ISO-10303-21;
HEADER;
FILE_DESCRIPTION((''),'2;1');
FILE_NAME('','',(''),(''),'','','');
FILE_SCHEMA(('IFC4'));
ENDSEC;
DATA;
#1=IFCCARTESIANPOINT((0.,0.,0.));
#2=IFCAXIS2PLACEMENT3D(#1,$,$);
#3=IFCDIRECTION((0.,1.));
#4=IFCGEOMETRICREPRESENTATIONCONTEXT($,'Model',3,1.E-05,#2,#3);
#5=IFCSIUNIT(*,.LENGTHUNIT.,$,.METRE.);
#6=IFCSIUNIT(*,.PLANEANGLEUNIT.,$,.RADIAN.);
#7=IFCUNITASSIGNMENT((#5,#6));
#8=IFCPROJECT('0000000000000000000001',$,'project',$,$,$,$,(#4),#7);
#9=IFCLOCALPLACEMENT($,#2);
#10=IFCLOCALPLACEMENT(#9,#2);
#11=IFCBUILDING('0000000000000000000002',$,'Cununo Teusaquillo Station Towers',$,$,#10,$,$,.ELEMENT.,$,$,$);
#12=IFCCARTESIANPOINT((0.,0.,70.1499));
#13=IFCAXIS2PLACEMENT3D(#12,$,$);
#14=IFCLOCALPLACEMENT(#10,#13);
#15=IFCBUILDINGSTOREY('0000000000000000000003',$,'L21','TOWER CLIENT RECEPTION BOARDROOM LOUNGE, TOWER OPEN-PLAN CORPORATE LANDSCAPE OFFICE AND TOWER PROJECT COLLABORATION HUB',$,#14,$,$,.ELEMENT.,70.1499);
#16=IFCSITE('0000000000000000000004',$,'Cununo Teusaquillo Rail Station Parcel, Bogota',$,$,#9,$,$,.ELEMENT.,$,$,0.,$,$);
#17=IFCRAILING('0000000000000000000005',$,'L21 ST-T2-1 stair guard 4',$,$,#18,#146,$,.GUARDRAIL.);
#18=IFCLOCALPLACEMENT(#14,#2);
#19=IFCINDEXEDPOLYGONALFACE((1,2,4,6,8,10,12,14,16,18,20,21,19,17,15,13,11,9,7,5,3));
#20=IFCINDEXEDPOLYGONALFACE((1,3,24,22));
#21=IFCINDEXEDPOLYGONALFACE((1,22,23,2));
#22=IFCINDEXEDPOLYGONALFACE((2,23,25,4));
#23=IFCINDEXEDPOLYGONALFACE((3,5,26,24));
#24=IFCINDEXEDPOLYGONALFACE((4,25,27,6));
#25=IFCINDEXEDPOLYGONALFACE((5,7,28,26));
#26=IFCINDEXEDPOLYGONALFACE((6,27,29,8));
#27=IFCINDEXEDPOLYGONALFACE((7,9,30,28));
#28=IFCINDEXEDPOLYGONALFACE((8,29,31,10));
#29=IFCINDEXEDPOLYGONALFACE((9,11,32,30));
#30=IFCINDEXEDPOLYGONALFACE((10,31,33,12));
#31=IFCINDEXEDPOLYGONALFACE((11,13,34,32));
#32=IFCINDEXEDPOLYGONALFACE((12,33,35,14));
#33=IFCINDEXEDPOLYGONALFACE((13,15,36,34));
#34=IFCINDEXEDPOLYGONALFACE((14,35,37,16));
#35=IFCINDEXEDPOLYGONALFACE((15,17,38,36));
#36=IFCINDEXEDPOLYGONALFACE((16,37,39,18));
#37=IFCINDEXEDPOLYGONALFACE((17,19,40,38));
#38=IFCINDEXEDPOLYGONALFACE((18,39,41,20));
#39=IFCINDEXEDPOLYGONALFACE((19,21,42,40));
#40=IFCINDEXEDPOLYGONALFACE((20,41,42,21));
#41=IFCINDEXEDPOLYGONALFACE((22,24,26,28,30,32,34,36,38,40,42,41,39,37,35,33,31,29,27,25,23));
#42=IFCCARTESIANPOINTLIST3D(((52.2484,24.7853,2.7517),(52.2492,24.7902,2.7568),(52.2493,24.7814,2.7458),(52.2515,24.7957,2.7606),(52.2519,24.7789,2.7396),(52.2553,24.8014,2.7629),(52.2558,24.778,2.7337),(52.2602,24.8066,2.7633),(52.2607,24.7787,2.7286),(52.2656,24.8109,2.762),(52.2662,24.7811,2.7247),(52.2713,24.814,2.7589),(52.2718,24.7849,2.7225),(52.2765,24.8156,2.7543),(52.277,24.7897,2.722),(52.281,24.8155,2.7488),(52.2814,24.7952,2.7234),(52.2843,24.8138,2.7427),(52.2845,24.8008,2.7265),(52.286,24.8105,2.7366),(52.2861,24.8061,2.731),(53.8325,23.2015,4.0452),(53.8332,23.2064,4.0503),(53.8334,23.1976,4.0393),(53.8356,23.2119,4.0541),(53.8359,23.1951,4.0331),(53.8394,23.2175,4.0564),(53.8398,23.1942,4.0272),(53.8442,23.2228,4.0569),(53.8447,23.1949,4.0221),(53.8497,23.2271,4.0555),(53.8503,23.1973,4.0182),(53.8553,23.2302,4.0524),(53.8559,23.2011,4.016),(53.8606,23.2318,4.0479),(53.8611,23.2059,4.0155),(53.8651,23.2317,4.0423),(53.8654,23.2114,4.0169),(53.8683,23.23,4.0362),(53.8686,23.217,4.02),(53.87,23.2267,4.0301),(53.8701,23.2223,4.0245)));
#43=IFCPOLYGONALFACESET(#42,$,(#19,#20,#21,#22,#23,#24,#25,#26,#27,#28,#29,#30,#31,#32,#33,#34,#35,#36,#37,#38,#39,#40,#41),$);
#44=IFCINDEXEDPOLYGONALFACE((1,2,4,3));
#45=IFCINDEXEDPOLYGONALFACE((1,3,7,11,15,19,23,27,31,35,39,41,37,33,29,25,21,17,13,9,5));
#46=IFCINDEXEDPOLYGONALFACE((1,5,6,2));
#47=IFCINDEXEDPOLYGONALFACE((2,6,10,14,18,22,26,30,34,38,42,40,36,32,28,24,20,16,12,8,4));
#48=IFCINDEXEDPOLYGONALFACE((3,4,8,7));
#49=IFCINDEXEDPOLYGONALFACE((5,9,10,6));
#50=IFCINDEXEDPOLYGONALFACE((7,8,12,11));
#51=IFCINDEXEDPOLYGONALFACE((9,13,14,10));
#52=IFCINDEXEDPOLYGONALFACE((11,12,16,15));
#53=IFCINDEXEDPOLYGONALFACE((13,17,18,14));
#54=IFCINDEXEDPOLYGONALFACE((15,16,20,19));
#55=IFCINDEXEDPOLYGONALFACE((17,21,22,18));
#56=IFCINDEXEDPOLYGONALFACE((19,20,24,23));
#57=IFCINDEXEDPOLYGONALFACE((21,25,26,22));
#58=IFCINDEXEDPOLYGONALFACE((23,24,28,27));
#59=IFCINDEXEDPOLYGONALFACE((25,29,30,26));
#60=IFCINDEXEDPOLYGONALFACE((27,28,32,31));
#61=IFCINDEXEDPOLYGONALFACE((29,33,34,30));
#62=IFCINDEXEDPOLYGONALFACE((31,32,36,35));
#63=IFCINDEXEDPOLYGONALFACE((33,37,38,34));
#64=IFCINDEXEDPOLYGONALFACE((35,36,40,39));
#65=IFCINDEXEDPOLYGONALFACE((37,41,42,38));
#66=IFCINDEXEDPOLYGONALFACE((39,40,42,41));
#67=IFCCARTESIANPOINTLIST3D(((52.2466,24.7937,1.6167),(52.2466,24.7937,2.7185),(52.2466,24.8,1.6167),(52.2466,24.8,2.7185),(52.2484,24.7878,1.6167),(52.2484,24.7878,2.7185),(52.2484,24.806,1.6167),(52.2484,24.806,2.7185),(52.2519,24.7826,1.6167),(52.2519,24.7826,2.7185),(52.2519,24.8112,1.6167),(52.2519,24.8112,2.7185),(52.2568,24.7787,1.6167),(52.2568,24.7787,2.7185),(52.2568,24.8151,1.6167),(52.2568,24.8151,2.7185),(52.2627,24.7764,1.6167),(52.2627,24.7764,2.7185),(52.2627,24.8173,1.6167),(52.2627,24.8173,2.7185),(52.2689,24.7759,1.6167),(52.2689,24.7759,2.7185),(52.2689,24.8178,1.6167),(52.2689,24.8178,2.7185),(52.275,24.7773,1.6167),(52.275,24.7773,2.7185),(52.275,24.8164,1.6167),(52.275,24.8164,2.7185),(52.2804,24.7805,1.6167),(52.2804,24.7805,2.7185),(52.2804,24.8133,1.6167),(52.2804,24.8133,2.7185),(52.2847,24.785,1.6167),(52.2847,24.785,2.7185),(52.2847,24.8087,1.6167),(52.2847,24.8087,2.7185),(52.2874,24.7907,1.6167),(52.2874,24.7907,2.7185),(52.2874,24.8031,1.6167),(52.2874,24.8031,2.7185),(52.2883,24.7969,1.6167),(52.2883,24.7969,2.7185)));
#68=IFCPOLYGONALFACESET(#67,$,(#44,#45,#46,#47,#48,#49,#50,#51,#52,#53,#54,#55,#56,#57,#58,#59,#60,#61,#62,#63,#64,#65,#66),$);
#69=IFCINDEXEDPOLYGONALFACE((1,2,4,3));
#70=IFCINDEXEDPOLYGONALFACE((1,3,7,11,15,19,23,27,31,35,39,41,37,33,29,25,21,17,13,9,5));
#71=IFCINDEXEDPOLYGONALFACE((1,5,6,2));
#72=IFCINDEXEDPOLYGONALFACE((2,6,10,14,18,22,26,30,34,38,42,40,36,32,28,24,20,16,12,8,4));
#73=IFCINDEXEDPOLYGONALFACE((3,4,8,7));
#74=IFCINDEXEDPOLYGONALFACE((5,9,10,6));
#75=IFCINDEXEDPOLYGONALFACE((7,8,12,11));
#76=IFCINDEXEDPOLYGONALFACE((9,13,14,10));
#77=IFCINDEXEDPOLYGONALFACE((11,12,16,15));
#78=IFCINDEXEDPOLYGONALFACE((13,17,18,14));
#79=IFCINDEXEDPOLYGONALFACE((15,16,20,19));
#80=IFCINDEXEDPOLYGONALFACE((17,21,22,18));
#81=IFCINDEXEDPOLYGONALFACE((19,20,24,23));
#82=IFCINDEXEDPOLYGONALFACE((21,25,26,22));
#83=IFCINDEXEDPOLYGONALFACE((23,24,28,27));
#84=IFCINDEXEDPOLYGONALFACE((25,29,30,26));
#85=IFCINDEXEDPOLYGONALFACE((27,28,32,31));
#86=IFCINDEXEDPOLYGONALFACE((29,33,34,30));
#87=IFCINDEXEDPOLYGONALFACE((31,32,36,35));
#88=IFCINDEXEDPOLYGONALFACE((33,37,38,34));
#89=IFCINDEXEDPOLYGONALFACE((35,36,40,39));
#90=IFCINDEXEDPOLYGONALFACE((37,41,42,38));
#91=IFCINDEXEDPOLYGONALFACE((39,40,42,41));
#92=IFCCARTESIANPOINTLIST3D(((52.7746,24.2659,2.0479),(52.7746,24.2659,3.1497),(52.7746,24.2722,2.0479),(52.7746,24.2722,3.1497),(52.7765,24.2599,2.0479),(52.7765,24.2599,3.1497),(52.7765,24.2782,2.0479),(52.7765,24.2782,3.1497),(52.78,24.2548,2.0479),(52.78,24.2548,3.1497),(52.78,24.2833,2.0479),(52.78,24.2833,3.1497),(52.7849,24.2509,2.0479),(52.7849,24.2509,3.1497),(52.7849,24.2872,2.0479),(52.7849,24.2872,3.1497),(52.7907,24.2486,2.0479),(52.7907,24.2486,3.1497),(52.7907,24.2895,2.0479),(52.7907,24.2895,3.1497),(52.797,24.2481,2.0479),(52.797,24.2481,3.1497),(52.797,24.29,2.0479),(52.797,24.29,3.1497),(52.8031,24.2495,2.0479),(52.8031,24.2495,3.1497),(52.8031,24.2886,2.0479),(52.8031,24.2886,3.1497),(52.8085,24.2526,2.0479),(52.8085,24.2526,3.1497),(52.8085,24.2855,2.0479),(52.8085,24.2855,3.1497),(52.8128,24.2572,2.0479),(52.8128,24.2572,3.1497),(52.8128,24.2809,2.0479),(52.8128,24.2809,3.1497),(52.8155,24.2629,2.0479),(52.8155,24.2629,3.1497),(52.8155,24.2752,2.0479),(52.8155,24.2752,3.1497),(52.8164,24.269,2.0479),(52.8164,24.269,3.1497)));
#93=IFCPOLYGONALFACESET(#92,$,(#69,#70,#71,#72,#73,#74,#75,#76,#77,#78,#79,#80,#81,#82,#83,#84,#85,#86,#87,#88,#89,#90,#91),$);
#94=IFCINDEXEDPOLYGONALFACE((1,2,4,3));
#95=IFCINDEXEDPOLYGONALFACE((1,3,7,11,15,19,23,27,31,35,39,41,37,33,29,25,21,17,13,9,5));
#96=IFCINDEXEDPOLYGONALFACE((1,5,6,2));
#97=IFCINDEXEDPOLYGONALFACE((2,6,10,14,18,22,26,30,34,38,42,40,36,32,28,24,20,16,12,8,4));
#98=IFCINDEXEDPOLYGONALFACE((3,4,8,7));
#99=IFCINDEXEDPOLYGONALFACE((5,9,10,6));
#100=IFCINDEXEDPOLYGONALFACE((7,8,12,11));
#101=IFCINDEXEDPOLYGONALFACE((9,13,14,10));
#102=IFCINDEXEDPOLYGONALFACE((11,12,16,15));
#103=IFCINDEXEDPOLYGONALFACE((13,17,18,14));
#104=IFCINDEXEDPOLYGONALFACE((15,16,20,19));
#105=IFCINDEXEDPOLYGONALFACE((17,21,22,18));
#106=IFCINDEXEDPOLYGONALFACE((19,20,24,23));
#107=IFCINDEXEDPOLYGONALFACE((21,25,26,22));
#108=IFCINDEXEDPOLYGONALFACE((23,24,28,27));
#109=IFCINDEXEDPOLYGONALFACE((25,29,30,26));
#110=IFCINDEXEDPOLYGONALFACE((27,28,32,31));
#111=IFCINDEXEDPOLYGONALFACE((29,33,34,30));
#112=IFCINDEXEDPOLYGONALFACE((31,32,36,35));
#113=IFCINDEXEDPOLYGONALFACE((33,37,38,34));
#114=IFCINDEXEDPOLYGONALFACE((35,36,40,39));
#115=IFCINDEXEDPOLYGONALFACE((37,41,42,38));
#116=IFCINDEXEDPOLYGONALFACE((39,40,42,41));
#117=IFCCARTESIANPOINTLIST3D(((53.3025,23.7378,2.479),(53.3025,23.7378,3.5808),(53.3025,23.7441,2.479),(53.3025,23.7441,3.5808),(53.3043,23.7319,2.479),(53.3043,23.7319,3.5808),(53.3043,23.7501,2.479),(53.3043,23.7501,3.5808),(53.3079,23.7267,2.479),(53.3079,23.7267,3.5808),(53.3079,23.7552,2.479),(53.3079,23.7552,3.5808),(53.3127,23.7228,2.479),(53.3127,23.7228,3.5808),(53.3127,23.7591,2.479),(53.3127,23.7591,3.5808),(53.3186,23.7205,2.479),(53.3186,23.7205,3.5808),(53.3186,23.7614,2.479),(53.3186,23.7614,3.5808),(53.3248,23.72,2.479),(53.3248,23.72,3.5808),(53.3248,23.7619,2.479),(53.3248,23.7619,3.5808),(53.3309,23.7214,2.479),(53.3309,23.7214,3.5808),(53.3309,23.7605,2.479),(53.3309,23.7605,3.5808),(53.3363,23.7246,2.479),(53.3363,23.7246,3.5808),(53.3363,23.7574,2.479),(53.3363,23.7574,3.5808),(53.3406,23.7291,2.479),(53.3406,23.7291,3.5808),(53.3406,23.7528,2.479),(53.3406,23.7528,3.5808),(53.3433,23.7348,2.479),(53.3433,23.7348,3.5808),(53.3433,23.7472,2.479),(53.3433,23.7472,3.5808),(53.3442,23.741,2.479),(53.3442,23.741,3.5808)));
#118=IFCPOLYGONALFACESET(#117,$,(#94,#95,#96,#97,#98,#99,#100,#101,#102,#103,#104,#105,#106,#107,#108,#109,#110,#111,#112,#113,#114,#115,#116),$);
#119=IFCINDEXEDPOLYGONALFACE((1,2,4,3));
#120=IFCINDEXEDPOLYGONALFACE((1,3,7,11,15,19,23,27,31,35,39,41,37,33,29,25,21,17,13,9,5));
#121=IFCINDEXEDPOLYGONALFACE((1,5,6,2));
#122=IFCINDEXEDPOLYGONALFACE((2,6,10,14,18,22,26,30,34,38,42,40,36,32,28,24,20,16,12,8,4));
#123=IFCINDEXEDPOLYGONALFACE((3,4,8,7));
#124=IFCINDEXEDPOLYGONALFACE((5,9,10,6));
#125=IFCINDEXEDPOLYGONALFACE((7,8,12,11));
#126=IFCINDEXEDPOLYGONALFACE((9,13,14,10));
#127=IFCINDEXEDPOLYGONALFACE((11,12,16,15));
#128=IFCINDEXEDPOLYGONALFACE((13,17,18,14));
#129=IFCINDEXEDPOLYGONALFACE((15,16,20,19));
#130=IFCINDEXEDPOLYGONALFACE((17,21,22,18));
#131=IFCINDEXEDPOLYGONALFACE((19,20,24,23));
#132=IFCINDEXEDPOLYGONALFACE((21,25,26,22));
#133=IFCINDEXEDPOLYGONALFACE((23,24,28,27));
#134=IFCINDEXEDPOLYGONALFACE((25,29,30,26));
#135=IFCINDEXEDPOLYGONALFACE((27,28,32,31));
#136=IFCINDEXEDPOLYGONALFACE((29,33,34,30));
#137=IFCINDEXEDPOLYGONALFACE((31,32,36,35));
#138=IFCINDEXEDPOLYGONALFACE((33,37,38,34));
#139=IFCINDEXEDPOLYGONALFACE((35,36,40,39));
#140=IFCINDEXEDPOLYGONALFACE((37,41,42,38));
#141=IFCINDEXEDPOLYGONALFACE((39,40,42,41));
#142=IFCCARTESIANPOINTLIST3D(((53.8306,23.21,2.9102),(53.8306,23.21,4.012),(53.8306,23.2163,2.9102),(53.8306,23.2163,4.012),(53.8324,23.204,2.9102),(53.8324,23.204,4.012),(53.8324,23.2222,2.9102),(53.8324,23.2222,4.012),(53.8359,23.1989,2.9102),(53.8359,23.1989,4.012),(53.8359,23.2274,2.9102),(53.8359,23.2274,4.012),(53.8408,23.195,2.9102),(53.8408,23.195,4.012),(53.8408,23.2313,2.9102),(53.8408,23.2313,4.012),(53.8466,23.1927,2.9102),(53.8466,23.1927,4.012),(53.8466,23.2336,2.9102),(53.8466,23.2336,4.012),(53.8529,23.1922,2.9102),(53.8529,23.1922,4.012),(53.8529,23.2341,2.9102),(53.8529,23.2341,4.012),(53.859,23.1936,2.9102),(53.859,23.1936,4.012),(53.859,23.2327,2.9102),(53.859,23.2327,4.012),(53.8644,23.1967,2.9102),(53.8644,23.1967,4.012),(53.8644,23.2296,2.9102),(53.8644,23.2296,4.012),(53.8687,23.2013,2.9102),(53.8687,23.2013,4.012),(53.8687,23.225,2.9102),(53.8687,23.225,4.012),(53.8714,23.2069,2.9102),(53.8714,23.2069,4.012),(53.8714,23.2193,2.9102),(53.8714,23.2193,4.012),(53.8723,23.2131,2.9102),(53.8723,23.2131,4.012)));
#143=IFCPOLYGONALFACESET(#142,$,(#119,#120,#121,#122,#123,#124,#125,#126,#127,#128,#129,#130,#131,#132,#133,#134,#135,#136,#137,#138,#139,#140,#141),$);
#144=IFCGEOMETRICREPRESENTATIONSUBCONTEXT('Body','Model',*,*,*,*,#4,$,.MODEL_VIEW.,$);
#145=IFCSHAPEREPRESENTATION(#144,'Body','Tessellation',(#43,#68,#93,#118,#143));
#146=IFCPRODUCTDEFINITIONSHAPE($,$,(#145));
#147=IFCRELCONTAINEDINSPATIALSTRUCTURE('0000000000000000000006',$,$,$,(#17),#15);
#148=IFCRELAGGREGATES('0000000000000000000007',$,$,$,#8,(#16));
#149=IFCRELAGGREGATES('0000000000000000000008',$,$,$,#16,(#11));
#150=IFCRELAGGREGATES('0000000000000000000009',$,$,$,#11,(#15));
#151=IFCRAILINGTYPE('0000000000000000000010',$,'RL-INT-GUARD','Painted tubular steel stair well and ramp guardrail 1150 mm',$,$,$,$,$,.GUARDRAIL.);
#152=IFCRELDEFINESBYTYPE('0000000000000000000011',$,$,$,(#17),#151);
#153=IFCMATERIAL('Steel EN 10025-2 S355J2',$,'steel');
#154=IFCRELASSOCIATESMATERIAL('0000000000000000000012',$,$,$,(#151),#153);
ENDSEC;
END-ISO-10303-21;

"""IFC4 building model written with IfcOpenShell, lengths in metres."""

from ifc_helpers import new_model, si_unit, direction, frame, origin, origin_2d, place, context, subcontext, project, spatial, circle, extrude, material, type_object, element, save


model = new_model("IFC4")

# Units and contexts
model_context = context("Model", 3, precision=1e-05, world=origin(), true_north=direction((0.0, 1.0)))
body_context = subcontext(model_context, "Body", "Model", "MODEL_VIEW")
ifc_project = project(units=[si_unit("LENGTHUNIT", "METRE"), si_unit("PLANEANGLEUNIT", "RADIAN")], contexts=[model_context])

# Site, building, storey
site_placement = place(None, origin())
site = spatial("IfcSite", under=ifc_project, at=site_placement, Name="Cununo Teusaquillo Rail Station Parcel, Bogota", CompositionType="ELEMENT", RefElevation=0.0)
building_placement = place(site_placement, origin())
building = spatial("IfcBuilding", under=site, at=building_placement, Name="Cununo Teusaquillo Station Towers", CompositionType="ELEMENT")
storey_placement = place(building_placement, frame((0.0, 0.0, 70.1499)))
storey = spatial("IfcBuildingStorey", under=building, at=storey_placement, Name="L21", Description="TOWER CLIENT RECEPTION BOARDROOM LOUNGE, TOWER OPEN-PLAN CORPORATE LANDSCAPE OFFICE AND TOWER PROJECT COLLABORATION HUB", CompositionType="ELEMENT", Elevation=70.1499)

# Railing
ifc_material_1 = material(Name="Steel EN 10025-2 S355J2", Category="steel")
railing_type_1 = type_object("IfcRailingType", Name="RL-INT-GUARD", Description="Painted tubular steel stair well and ramp guardrail 1150 mm", PredefinedType="GUARDRAIL", material=ifc_material_1)
railing_1_placement = place(storey_placement, frame((52.2673, 24.7969, 1.6167)))
element("IfcRailing", 1, at=railing_1_placement, inside=storey, type_object=railing_type_1, Name="L21 ST-T2-1 stair guard 4", PredefinedType="GUARDRAIL", context=body_context, shape_type="SweptSolid", body=[
    extrude(circle(Radius=0.0239, at=origin_2d()), frame((0.0, 0.0, 1.126), z_axis=(0.612391, -0.612297, 0.500069), x_axis=(0.707052, 0.707161, 0.0)), (0.0, 0.0, 1.0), 2.5867),
    extrude(circle(Radius=0.021, at=origin_2d()), origin(), (0.0, 0.0, 1.0), 1.1018),
    extrude(circle(Radius=0.021, at=origin_2d()), frame((0.5281, -0.5278, 0.4312)), (0.0, 0.0, 1.0), 1.1018),
    extrude(circle(Radius=0.021, at=origin_2d()), frame((1.0559, -1.0559, 0.8623)), (0.0, 0.0, 1.0), 1.1018),
    extrude(circle(Radius=0.021, at=origin_2d()), frame((1.584, -1.5837, 1.2935)), (0.0, 0.0, 1.0), 1.1018),
])

save(model, "model.ifc")
